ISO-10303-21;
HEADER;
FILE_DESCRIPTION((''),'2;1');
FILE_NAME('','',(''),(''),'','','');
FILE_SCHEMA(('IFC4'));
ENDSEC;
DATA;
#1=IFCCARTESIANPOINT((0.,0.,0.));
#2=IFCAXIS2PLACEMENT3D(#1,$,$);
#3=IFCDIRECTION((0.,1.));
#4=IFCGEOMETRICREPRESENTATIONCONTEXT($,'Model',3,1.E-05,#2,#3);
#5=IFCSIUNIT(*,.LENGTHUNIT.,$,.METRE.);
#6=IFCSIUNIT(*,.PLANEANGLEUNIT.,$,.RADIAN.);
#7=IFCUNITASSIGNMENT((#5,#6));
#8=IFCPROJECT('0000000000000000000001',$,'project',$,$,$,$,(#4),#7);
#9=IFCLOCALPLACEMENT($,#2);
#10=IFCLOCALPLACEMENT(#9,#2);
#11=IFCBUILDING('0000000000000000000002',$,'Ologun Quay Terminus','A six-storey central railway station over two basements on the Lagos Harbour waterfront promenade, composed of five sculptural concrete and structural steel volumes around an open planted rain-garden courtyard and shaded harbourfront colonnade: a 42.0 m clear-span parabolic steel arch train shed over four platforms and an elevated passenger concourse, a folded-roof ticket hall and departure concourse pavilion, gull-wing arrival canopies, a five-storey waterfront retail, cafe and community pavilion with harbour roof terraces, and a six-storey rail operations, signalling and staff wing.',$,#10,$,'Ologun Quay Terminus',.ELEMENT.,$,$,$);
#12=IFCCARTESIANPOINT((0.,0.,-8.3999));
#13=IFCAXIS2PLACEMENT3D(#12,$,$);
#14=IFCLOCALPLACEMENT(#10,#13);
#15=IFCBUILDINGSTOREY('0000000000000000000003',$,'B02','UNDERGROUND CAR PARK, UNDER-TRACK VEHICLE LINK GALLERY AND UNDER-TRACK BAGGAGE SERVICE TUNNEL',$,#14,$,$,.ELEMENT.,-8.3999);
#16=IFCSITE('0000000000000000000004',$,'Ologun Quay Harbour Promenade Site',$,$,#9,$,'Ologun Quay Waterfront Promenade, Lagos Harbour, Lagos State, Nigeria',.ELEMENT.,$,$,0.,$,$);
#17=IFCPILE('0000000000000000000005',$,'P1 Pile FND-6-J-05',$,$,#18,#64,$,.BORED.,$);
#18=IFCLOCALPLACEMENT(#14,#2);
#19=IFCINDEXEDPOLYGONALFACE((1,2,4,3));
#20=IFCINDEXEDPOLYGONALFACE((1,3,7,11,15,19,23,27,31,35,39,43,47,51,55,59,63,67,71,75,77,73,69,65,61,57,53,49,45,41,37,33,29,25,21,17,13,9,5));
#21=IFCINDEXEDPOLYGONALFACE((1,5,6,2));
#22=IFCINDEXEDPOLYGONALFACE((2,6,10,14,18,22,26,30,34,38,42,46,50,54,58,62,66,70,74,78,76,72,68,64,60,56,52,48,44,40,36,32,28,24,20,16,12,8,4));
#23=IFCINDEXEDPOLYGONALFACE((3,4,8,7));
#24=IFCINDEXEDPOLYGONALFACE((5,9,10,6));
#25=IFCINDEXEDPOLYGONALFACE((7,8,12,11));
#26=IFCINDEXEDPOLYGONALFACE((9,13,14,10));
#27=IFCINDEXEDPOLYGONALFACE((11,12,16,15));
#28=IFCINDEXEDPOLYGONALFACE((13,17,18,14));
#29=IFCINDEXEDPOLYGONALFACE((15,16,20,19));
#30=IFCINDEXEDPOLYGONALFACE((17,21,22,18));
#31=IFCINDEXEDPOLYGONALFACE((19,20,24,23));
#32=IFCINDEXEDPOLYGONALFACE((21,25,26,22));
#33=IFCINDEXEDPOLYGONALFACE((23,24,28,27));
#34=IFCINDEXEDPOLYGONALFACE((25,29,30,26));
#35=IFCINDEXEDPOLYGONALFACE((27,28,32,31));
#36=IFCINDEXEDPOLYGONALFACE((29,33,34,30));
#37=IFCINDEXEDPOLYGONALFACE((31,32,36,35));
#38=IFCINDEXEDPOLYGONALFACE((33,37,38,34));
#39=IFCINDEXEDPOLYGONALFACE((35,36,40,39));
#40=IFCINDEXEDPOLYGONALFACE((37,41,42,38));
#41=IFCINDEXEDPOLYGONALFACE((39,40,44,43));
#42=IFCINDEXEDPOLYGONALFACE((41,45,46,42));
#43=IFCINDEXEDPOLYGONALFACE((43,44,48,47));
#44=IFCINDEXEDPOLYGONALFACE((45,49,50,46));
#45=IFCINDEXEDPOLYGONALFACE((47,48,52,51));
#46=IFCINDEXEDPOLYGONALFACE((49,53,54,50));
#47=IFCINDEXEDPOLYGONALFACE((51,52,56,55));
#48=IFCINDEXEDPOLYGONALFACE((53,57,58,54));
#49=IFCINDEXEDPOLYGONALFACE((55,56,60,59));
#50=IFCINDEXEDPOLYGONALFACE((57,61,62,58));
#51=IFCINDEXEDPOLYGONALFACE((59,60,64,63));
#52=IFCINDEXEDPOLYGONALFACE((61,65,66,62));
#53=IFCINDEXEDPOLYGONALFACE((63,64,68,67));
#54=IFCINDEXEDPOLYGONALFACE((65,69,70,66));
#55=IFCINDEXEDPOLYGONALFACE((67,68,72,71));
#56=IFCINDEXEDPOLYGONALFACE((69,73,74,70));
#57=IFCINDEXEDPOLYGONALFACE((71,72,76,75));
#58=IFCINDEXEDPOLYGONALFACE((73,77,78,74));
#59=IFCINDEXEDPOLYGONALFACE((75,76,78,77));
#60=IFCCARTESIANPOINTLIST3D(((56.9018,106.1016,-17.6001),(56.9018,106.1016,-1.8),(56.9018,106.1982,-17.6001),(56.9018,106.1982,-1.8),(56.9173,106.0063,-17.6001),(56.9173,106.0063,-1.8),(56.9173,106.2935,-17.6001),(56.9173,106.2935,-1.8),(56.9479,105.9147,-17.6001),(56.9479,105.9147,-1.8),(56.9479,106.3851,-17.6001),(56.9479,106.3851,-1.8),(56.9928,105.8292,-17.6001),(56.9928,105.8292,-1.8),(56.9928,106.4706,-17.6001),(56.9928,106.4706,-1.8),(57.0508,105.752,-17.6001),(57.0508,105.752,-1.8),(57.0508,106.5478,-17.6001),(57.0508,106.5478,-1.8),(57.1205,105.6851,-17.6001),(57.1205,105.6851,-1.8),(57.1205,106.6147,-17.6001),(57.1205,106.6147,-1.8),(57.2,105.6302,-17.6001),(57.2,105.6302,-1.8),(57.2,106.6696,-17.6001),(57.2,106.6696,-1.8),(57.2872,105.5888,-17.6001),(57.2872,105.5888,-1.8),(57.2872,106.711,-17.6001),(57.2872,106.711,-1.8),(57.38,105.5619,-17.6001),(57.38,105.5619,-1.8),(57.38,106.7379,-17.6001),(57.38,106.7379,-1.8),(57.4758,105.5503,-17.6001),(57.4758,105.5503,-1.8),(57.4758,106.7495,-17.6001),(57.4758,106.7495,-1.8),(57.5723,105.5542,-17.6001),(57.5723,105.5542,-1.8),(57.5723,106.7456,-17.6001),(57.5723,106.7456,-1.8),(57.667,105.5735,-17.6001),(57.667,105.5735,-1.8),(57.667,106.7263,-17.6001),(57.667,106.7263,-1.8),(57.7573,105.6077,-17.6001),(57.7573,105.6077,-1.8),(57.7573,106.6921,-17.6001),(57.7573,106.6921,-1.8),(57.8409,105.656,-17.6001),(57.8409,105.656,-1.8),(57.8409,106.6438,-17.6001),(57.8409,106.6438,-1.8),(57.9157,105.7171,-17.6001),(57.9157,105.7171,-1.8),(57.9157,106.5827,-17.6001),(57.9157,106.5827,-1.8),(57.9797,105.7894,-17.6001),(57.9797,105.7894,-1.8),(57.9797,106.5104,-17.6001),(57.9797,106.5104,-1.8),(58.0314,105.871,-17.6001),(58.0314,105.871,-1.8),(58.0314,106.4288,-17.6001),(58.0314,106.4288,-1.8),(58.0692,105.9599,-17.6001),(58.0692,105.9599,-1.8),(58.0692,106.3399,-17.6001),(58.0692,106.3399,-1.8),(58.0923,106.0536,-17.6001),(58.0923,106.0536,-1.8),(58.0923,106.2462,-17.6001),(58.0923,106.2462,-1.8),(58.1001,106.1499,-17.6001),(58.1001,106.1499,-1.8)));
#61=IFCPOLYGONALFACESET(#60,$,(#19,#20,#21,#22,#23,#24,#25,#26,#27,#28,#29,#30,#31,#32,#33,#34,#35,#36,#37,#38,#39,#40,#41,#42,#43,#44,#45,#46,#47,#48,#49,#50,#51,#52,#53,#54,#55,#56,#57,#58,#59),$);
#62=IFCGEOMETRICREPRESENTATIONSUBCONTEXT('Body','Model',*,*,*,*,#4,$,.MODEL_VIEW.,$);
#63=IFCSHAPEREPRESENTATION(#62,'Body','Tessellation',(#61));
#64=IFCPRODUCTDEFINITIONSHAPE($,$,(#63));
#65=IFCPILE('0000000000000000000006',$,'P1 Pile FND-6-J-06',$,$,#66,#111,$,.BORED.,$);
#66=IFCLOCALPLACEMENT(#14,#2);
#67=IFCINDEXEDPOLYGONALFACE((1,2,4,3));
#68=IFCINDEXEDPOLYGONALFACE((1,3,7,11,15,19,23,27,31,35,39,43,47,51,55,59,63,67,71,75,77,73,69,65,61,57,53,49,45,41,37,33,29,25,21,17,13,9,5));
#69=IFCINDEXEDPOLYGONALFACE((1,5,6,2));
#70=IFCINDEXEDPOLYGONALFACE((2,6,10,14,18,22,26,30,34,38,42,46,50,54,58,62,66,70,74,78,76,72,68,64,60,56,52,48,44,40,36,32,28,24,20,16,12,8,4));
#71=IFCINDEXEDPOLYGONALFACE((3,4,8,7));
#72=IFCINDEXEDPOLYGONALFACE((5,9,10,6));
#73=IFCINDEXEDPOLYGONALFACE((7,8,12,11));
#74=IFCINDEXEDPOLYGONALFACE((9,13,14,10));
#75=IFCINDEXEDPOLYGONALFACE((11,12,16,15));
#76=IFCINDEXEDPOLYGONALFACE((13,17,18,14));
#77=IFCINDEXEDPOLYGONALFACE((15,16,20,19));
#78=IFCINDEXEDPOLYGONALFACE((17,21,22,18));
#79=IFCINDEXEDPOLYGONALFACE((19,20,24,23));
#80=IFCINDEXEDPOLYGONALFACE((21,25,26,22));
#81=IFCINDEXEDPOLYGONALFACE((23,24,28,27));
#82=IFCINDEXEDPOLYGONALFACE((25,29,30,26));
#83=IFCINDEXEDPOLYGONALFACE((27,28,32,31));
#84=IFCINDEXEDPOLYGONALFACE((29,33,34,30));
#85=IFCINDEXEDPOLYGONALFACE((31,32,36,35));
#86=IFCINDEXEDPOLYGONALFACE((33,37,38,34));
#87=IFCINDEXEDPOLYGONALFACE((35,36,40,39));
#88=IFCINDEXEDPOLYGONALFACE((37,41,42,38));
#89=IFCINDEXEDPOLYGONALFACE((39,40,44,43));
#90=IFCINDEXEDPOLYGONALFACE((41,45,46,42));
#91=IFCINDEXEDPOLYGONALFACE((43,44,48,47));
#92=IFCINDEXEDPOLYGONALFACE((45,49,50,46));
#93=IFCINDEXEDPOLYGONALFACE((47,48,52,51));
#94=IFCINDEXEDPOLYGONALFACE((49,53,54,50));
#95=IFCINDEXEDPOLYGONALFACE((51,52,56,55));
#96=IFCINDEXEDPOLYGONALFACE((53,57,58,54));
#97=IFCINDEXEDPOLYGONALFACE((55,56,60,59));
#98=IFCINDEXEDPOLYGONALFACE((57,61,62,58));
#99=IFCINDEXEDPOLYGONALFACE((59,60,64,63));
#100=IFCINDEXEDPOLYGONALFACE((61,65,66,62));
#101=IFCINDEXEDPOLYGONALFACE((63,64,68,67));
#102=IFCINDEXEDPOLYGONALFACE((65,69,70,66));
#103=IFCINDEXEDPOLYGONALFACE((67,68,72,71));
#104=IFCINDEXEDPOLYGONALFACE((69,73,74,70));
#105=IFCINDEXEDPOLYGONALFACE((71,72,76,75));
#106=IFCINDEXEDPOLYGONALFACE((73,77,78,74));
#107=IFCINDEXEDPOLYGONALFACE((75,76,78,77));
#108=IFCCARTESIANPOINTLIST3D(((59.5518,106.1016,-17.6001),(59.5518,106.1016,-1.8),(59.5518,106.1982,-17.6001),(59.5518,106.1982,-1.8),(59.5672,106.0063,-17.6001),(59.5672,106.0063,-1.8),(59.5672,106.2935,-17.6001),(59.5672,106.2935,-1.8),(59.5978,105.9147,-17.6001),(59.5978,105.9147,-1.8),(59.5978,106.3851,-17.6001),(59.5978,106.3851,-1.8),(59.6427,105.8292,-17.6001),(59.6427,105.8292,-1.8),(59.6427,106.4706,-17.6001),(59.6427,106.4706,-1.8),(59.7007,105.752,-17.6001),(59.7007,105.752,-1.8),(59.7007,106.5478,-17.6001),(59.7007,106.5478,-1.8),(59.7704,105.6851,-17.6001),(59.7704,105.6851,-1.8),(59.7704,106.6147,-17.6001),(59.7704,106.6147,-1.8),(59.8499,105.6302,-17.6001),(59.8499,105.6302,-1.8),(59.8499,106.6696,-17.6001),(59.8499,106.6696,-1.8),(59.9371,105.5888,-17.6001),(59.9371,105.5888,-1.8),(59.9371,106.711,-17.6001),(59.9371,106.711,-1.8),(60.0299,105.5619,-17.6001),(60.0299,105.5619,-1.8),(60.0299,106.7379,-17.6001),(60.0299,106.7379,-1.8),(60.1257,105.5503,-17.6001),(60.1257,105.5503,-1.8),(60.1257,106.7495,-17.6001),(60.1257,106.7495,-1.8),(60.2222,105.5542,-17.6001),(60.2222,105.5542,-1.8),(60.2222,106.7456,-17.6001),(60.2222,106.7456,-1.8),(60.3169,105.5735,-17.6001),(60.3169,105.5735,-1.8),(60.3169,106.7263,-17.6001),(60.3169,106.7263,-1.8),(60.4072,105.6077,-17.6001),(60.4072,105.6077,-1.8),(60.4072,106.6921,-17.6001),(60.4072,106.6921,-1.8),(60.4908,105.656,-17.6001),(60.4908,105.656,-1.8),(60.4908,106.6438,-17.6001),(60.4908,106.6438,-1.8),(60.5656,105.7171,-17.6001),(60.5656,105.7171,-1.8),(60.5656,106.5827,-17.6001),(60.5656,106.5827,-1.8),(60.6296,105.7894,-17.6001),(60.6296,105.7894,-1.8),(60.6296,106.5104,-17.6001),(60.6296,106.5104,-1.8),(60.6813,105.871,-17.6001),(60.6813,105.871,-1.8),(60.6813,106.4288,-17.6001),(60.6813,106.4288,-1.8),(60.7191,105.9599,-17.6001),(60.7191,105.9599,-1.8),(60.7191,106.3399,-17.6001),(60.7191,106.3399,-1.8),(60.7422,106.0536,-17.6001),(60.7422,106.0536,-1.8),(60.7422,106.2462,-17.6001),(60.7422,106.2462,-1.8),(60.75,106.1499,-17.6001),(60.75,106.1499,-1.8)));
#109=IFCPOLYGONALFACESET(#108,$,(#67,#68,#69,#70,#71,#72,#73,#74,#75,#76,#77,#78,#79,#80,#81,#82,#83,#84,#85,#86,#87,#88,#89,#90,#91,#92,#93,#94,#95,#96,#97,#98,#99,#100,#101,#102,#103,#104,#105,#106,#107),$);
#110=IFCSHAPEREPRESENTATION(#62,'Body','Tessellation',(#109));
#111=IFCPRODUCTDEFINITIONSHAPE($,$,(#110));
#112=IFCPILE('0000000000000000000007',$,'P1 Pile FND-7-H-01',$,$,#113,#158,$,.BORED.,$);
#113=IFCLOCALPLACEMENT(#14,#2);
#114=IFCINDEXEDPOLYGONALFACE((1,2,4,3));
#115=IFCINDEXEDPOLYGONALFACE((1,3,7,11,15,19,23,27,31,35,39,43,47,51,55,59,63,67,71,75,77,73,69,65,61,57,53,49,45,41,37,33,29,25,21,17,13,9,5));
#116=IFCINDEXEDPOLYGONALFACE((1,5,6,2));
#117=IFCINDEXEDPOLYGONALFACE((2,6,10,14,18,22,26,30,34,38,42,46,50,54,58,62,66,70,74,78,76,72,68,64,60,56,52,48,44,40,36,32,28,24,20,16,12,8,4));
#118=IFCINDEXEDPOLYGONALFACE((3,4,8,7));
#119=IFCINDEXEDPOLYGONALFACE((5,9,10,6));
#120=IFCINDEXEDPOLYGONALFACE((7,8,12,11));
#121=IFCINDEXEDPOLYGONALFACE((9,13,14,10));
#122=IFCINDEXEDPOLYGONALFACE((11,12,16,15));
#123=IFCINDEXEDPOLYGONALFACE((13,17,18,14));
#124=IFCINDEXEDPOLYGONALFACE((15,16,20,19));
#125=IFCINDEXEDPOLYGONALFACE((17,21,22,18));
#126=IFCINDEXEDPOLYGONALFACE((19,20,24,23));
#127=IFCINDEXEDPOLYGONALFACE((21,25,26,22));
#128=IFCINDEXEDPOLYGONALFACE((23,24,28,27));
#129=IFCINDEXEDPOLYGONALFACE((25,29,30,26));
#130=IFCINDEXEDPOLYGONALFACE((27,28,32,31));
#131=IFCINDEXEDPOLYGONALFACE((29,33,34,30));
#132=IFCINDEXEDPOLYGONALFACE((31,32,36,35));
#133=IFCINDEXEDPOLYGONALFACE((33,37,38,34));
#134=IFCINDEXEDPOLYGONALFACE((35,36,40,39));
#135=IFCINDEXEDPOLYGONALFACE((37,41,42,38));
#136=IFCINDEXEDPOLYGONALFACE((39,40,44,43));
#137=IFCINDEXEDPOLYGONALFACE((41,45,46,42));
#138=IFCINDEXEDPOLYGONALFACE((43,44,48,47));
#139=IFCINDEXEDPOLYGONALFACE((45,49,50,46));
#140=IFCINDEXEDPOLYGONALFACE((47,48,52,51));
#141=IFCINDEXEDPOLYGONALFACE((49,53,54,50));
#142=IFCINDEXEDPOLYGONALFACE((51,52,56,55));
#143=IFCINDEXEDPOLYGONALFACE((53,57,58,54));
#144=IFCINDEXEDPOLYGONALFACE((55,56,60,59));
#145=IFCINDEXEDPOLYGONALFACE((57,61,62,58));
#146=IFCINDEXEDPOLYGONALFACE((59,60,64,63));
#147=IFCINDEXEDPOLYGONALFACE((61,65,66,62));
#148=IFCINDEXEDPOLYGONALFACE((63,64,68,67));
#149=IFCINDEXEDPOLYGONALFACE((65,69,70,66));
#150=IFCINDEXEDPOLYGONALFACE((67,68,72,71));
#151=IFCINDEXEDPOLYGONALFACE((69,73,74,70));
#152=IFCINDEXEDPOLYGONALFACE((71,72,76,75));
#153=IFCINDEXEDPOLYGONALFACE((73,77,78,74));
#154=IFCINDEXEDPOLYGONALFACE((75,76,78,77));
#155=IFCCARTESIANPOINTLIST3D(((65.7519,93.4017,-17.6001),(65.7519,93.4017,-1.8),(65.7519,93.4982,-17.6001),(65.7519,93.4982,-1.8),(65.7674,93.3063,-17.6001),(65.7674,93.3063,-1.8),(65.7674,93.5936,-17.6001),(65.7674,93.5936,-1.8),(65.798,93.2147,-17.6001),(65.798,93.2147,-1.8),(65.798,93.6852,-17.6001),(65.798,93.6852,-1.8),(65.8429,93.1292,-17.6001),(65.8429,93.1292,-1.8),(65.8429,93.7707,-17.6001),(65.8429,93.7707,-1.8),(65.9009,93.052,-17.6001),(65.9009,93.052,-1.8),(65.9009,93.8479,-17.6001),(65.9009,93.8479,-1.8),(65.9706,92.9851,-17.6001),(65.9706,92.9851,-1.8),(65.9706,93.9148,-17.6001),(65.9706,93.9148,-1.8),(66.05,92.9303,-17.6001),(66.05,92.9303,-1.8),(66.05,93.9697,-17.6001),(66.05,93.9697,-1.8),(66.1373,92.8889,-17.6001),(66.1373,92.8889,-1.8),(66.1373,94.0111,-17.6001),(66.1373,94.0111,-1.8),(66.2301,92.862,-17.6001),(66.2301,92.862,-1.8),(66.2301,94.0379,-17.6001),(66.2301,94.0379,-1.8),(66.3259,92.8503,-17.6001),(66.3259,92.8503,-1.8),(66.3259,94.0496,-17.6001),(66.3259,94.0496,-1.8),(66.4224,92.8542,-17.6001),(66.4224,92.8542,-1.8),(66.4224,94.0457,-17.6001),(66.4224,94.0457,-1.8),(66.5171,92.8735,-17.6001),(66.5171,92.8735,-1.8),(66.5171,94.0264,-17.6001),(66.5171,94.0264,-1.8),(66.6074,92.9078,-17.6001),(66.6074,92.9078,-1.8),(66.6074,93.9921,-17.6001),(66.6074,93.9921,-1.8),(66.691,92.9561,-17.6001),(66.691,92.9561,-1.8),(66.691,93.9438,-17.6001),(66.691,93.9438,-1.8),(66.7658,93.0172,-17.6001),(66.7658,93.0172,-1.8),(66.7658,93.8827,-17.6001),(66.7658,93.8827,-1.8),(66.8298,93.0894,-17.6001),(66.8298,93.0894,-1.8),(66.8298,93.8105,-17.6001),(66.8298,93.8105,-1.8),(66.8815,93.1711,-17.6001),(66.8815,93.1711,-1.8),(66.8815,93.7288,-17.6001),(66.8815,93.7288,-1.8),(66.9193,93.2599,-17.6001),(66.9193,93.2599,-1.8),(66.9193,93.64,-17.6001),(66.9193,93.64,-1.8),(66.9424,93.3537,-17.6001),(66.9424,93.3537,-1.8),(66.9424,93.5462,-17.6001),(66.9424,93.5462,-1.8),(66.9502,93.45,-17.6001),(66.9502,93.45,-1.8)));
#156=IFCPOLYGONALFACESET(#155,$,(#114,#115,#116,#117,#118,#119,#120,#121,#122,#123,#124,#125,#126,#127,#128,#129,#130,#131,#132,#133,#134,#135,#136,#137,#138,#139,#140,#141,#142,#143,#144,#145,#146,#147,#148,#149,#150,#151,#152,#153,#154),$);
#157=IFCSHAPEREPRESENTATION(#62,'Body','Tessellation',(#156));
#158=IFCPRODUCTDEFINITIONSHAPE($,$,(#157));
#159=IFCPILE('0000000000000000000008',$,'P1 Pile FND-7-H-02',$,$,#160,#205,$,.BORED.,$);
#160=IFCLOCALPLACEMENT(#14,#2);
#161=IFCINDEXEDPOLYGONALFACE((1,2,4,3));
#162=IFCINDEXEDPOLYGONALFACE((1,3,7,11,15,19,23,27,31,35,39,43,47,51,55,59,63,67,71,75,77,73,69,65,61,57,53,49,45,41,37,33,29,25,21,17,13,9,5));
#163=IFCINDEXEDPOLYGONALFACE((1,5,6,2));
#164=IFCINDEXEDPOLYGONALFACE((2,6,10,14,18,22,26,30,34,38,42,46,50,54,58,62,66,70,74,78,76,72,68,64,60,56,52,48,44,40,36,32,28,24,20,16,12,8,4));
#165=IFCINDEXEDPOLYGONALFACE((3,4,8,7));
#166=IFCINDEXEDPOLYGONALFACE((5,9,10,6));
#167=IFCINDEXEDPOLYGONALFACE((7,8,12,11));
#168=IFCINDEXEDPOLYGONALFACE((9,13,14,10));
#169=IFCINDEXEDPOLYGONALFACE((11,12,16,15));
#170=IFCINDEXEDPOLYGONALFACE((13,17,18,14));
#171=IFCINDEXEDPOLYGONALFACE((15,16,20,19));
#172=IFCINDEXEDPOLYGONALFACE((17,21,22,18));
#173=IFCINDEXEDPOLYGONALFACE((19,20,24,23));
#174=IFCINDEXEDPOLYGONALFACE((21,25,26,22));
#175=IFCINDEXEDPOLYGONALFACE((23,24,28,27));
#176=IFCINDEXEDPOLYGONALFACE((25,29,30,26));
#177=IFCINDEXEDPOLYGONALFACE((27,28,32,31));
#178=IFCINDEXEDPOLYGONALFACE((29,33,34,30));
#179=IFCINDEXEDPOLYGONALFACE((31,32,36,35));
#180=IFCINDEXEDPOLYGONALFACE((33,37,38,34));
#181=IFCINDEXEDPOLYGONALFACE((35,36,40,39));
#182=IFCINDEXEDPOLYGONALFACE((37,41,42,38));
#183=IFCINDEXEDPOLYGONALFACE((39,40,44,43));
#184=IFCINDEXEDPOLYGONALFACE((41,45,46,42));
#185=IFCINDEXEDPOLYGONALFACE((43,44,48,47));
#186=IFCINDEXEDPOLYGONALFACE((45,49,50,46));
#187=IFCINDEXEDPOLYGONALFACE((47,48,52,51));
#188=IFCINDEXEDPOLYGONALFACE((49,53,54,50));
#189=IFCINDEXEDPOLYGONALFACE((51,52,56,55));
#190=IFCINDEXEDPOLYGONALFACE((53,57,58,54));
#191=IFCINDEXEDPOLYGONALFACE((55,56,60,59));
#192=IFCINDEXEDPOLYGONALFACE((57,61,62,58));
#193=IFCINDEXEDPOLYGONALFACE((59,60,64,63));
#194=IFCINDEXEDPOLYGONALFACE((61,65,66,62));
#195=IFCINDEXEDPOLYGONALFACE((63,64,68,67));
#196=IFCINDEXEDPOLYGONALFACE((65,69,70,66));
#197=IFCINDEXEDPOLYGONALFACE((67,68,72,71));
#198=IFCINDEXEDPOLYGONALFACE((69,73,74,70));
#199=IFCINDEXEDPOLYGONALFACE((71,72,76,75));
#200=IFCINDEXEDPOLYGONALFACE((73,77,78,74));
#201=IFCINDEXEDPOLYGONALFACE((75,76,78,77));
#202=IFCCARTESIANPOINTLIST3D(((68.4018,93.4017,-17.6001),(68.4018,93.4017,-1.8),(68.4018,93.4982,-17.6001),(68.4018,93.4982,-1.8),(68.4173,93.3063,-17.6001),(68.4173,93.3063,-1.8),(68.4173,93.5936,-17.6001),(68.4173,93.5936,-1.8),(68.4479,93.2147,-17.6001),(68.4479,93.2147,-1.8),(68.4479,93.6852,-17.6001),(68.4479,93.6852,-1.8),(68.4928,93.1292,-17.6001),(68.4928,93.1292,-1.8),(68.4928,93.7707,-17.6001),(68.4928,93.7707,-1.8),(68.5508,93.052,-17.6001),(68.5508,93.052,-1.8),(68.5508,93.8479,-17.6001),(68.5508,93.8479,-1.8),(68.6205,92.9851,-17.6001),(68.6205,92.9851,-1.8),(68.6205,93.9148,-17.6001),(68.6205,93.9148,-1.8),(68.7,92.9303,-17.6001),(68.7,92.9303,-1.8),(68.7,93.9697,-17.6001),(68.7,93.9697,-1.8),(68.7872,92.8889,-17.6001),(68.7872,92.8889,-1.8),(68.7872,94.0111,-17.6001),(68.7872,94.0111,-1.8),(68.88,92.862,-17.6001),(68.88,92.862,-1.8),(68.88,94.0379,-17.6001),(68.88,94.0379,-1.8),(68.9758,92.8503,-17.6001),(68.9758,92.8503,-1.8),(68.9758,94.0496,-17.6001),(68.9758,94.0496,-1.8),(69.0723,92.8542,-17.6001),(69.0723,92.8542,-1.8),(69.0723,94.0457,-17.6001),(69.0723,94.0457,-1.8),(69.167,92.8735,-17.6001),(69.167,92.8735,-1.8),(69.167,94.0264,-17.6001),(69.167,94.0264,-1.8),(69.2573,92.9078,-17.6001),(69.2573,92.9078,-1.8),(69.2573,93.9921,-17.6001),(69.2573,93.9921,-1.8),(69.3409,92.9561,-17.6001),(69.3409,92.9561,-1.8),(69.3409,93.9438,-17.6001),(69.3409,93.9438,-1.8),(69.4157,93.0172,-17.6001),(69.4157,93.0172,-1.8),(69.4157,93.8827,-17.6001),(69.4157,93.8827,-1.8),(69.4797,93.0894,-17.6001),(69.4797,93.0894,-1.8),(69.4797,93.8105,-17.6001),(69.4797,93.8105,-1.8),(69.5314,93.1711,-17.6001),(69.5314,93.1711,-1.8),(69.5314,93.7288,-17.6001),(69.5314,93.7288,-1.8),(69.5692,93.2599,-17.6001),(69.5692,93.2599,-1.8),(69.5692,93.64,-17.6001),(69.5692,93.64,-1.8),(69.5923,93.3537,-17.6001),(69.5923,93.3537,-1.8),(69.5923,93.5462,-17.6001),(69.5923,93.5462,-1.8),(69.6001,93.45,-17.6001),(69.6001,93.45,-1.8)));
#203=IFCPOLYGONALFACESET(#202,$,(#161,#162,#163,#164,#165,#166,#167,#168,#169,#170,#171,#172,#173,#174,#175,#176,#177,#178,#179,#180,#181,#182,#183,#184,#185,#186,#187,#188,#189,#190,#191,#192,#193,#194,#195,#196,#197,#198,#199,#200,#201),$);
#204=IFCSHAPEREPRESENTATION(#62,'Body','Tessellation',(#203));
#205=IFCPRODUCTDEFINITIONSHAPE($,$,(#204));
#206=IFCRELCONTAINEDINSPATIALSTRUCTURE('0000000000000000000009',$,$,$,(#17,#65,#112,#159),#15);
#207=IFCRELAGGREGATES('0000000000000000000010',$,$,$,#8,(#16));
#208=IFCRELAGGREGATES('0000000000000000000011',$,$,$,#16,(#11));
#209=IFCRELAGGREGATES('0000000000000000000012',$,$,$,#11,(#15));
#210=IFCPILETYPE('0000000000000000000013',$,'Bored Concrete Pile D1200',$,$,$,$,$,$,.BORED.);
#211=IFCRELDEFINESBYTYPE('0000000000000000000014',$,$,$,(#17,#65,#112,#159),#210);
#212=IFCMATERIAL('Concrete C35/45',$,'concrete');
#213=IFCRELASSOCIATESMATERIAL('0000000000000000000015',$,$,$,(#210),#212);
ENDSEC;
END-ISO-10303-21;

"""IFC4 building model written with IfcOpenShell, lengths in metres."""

from ifc_helpers import new_model, si_unit, direction, frame, origin, origin_2d, place, context, subcontext, project, spatial, circle, extrude, material, material_profile, profile_set, type_object, element, save


model = new_model("IFC4")

# Units and contexts
model_context = context("Model", 3, precision=1e-05, world=origin(), true_north=direction((0.0, 1.0)))
body_context = subcontext(model_context, "Body", "Model", "MODEL_VIEW")
ifc_project = project(units=[si_unit("LENGTHUNIT", "METRE"), si_unit("PLANEANGLEUNIT", "RADIAN")], contexts=[model_context])

# Site, building, storey
site_placement = place(None, origin())
site = spatial("IfcSite", under=ifc_project, at=site_placement, Name="Ologun Quay Harbour Promenade Site", LongName="Ologun Quay Waterfront Promenade, Lagos Harbour, Lagos State, Nigeria", CompositionType="ELEMENT", RefElevation=0.0)
building_placement = place(site_placement, origin())
building = spatial("IfcBuilding", under=site, at=building_placement, Name="Ologun Quay Terminus", Description="A six-storey central railway station over two basements on the Lagos Harbour waterfront promenade, composed of five sculptural concrete and structural steel volumes around an open planted rain-garden courtyard and shaded harbourfront colonnade: a 42.0 m clear-span parabolic steel arch train shed over four platforms and an elevated passenger concourse, a folded-roof ticket hall and departure concourse pavilion, gull-wing arrival canopies, a five-storey waterfront retail, cafe and community pavilion with harbour roof terraces, and a six-storey rail operations, signalling and staff wing.", LongName="Ologun Quay Terminus", CompositionType="ELEMENT")
storey_placement = place(building_placement, frame((0.0, 0.0, -8.3999)))
storey = spatial("IfcBuildingStorey", under=building, at=storey_placement, Name="B02", Description="UNDERGROUND CAR PARK, UNDER-TRACK VEHICLE LINK GALLERY AND UNDER-TRACK BAGGAGE SERVICE TUNNEL", CompositionType="ELEMENT", Elevation=-8.3999)

# Piles
ifc_material_1 = material(Name="Concrete C35/45", Category="concrete")
ifc_material_profile_1 = material_profile(ifc_material_1, circle(Radius=0.6001, at=origin_2d()), Name="PILE D1200")
ifc_profile_set_1 = profile_set([ifc_material_profile_1], Name="Concrete C35/45")
pile_type = type_object("IfcPileType", Name="Bored Concrete Pile D1200", PredefinedType="BORED", material=ifc_profile_set_1)
for number, where, z_axis, x_axis, name in (
    (1, (57.5, 106.1499, -1.8), (0.0, 0.0, -1.0), (1.0, 0.0, 0.0), "P1 Pile FND-6-J-05"),
    (2, (60.1499, 106.1499, -1.8), (0.0, 0.0, -1.0), (1.0, 0.0, 0.0), "P1 Pile FND-6-J-06"),
    (3, (66.3501, 93.45, -1.8), (0.0, 0.0, -1.0), (1.0, 0.0, 0.0), "P1 Pile FND-7-H-01"),
    (4, (69.0, 93.45, -1.8), (0.0, 0.0, -1.0), (1.0, 0.0, 0.0), "P1 Pile FND-7-H-02"),
):
    element("IfcPile", number, at=place(storey_placement, frame(where, z_axis=z_axis, x_axis=x_axis)), inside=storey, type_object=pile_type, Name=name, PredefinedType="BORED", context=body_context, shape_type="SweptSolid", body=[
        extrude(circle(Radius=0.6001, at=origin_2d()), origin(), (0.0, 0.0, 1.0), 15.8),
    ])

save(model, "model.ifc")
